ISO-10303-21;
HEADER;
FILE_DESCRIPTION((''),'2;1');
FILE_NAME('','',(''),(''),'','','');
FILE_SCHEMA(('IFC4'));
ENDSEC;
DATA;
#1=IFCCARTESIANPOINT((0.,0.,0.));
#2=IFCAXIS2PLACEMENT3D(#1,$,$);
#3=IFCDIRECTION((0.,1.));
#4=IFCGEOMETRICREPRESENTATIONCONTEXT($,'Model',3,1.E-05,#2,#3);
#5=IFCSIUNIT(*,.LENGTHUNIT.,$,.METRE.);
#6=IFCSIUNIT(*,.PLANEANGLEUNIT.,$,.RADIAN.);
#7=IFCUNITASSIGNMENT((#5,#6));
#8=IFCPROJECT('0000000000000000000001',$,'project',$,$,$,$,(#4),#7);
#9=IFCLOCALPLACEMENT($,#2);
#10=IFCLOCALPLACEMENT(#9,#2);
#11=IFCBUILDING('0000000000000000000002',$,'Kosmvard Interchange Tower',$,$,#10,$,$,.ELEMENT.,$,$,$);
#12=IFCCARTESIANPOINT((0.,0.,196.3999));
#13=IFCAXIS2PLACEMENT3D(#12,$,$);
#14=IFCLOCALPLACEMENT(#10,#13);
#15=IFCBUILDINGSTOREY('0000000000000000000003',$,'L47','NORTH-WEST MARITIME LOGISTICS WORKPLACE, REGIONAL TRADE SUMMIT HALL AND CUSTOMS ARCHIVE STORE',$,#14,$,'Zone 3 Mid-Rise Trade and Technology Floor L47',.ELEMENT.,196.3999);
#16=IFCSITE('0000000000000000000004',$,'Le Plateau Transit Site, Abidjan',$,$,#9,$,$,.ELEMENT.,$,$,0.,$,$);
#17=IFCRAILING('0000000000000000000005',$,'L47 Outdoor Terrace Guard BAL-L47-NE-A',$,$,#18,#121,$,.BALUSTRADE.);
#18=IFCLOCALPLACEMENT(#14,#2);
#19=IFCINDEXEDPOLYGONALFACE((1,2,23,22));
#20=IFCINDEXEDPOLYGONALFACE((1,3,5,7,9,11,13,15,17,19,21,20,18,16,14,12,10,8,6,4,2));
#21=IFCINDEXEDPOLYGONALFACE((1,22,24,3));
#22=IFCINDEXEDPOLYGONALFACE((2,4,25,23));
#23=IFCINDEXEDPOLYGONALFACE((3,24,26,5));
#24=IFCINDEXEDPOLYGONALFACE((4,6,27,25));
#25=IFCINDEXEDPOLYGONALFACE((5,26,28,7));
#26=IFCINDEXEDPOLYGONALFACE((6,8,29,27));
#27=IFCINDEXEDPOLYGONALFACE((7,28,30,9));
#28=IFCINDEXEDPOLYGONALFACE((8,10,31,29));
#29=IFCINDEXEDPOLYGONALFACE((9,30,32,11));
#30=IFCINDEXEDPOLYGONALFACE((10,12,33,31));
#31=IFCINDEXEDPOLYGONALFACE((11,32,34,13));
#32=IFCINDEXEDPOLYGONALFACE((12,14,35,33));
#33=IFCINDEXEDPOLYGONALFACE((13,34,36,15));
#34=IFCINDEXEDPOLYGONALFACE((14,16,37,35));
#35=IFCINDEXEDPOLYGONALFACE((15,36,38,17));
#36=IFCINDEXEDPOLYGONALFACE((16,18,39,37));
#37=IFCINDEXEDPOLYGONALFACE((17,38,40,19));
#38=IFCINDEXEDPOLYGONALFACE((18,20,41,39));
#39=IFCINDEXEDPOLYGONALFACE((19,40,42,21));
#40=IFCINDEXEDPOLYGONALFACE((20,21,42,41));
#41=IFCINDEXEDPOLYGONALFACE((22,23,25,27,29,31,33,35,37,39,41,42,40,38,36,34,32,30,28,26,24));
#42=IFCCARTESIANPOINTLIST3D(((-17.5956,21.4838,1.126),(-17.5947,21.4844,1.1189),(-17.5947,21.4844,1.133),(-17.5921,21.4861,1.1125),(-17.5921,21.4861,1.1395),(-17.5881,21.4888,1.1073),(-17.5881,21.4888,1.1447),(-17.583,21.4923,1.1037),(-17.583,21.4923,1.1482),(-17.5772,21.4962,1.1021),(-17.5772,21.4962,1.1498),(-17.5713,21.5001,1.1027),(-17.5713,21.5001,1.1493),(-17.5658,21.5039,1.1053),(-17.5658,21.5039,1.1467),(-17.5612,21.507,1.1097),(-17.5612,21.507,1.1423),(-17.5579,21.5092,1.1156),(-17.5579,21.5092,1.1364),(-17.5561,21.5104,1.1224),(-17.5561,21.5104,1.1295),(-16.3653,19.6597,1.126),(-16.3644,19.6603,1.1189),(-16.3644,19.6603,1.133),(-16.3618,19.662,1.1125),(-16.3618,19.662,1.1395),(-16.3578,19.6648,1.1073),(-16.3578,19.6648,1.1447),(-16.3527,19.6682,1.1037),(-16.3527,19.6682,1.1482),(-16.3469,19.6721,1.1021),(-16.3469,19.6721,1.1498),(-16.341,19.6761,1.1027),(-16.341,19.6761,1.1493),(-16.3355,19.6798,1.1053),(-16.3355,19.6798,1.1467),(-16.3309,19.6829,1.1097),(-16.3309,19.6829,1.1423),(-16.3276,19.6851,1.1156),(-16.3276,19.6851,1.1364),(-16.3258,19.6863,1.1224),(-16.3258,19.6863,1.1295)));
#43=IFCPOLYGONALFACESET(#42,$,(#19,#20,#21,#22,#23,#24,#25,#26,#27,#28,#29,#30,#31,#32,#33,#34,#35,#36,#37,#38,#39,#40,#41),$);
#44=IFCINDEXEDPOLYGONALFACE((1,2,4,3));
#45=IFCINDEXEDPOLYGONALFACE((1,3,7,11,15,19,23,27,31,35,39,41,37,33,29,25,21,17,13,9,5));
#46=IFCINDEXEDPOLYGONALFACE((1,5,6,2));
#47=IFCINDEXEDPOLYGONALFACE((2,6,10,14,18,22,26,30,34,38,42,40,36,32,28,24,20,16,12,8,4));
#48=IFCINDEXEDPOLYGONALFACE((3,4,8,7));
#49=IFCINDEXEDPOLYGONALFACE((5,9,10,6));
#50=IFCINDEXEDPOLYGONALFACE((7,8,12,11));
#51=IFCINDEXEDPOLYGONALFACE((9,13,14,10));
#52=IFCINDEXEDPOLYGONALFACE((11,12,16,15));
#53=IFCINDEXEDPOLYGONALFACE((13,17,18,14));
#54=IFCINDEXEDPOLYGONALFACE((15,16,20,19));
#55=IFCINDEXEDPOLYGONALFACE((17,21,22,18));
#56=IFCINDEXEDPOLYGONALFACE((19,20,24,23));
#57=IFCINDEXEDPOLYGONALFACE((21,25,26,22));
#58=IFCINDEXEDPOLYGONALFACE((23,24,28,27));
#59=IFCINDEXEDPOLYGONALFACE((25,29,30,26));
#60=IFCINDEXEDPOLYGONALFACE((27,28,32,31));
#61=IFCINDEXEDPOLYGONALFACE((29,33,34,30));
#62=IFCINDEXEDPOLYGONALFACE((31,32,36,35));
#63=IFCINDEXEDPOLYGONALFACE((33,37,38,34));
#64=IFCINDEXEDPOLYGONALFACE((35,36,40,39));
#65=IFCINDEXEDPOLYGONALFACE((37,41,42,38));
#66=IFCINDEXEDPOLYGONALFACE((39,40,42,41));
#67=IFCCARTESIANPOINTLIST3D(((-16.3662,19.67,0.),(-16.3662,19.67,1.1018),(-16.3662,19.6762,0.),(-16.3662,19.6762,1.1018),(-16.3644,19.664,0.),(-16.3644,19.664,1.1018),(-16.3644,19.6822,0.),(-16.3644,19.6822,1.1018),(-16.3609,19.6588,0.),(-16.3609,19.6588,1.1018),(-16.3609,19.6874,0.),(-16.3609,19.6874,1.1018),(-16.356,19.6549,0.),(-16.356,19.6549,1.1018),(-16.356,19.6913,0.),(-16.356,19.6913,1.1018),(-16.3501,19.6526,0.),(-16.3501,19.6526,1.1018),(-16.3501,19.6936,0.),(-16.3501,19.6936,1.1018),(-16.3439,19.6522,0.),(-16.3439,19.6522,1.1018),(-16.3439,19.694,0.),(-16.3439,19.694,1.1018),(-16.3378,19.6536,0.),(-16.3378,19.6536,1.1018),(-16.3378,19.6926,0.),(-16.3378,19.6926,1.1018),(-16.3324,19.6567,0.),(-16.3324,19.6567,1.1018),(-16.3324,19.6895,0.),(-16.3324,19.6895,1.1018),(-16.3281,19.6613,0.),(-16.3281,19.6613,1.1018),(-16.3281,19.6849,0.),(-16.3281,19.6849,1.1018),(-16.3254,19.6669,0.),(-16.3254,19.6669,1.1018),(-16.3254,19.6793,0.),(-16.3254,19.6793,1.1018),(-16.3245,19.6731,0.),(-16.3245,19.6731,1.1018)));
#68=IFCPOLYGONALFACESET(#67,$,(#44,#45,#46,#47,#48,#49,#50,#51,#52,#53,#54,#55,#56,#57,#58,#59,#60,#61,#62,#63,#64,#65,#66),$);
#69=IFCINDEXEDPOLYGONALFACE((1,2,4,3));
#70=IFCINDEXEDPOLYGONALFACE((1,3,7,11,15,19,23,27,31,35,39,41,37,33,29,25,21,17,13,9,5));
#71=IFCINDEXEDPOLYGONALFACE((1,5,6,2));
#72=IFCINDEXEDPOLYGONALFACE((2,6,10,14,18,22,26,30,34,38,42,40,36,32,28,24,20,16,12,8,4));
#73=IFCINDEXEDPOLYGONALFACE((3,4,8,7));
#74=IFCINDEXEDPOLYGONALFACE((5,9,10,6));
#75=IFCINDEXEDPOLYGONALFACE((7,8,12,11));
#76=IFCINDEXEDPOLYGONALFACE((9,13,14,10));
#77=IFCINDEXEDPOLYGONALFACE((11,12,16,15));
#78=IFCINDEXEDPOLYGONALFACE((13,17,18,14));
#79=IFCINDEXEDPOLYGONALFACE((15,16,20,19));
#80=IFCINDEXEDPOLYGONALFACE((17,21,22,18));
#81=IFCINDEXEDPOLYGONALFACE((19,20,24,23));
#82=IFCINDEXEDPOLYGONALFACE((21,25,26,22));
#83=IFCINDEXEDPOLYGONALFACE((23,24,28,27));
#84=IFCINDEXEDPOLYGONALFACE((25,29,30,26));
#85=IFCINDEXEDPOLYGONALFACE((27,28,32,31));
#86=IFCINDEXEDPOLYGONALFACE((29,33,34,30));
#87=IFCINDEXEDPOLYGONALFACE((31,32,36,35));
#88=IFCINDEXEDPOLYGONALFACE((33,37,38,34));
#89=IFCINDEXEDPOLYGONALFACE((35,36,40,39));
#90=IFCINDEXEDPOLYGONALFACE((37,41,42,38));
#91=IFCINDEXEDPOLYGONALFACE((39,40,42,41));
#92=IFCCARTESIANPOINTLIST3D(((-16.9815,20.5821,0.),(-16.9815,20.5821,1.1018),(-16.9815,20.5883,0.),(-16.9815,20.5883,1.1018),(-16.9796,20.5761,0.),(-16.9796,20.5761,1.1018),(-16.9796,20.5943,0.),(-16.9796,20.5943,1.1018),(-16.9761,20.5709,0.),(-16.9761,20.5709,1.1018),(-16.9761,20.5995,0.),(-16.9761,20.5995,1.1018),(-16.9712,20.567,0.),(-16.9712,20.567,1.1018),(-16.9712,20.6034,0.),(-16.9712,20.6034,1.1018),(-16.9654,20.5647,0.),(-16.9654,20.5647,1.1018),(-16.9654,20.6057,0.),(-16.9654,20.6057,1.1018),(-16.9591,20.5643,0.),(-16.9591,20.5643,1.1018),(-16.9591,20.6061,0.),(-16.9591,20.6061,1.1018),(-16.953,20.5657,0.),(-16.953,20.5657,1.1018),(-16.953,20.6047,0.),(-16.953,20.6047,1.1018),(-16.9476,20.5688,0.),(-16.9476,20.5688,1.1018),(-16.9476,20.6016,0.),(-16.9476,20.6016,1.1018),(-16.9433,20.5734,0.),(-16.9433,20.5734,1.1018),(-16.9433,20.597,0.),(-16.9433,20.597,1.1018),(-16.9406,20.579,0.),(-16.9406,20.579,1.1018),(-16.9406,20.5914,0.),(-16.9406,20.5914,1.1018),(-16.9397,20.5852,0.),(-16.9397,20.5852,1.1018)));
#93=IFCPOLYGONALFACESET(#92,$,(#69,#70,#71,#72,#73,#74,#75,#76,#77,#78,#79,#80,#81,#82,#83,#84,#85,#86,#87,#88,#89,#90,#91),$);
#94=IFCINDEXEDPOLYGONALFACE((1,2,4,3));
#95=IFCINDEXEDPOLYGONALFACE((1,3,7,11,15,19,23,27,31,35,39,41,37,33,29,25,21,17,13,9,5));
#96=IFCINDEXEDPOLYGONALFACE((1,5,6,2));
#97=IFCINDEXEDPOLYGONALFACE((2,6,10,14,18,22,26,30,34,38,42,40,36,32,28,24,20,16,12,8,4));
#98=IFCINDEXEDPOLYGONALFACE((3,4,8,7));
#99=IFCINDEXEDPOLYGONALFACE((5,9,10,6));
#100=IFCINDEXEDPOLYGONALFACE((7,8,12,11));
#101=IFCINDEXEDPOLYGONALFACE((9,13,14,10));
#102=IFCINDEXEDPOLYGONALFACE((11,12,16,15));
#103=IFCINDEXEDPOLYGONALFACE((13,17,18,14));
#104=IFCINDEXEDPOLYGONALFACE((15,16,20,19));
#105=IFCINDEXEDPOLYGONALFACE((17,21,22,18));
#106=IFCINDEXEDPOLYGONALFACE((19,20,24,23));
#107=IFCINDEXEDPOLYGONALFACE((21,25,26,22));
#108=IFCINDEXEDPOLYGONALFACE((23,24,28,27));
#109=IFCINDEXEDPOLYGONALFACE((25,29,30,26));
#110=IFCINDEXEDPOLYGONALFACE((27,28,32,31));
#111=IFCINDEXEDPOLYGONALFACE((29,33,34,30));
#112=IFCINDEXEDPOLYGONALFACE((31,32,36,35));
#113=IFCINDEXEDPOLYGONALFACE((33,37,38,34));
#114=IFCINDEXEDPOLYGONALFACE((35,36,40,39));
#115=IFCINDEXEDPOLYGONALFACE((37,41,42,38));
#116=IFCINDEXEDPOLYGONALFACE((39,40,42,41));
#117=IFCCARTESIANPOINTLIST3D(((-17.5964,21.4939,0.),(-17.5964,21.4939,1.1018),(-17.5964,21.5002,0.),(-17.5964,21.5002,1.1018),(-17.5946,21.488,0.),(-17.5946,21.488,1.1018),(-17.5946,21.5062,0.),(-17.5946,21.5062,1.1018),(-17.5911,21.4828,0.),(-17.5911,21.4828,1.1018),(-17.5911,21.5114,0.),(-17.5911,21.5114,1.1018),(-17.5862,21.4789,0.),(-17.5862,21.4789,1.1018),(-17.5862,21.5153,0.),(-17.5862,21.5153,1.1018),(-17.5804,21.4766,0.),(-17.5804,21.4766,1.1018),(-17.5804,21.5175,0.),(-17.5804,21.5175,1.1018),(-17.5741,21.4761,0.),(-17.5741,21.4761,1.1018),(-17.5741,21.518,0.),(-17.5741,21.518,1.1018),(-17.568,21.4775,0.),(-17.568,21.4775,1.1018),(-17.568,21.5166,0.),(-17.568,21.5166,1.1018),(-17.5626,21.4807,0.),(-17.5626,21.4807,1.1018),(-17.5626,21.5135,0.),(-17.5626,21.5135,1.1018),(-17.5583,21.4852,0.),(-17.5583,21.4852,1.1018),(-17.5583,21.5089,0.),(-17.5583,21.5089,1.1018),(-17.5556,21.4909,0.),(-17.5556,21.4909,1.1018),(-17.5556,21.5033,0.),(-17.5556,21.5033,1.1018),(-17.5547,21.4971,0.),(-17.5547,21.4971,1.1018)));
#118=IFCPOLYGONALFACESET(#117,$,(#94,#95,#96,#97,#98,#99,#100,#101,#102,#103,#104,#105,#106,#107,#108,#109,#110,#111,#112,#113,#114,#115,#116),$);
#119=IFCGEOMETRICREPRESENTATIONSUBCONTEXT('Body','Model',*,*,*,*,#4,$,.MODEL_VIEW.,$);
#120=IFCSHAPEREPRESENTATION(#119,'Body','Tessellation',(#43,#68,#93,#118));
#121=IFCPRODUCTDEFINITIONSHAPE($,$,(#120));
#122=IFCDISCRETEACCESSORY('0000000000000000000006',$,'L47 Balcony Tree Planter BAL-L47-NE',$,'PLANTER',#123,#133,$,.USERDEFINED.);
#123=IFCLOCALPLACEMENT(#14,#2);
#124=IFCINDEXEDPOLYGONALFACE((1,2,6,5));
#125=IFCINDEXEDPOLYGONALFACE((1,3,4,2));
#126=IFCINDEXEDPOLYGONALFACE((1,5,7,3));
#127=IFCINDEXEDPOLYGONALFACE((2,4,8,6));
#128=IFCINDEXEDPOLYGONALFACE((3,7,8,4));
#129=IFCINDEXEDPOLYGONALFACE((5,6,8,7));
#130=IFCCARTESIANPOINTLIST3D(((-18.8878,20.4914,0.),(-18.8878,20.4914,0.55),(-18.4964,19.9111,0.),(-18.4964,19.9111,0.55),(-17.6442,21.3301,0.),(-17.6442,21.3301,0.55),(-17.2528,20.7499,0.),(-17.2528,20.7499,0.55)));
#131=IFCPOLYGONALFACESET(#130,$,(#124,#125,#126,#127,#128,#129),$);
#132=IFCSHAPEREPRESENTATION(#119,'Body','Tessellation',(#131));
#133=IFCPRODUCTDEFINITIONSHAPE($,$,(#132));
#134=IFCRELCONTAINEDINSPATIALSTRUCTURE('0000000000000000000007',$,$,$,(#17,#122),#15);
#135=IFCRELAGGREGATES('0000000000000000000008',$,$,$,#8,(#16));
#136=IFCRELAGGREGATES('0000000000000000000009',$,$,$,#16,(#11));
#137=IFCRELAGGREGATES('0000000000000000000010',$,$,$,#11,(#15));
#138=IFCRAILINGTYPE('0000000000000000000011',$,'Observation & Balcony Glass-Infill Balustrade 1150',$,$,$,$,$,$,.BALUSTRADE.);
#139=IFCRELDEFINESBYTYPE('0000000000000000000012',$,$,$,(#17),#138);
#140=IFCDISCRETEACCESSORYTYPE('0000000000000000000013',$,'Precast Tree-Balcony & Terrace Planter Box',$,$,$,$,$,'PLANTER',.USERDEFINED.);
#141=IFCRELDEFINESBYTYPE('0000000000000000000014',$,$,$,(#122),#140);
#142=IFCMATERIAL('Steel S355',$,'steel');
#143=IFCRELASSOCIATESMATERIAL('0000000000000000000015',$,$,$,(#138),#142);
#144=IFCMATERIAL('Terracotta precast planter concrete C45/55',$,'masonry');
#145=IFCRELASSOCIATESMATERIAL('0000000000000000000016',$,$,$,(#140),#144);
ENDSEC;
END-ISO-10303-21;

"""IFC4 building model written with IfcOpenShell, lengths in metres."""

from ifc_helpers import new_model, si_unit, direction, frame, origin, origin_2d, place, context, subcontext, project, spatial, rectangle, circle, extrude, source, transform, mapped, material, type_object, element, save


model = new_model("IFC4")

# Units and contexts
model_context = context("Model", 3, precision=1e-05, world=origin(), true_north=direction((0.0, 1.0)))
body_context = subcontext(model_context, "Body", "Model", "MODEL_VIEW")
ifc_project = project(units=[si_unit("LENGTHUNIT", "METRE"), si_unit("PLANEANGLEUNIT", "RADIAN")], contexts=[model_context])

# Site, building, storey
site_placement = place(None, origin())
site = spatial("IfcSite", under=ifc_project, at=site_placement, Name="Le Plateau Transit Site, Abidjan", CompositionType="ELEMENT", RefElevation=0.0)
building_placement = place(site_placement, origin())
building = spatial("IfcBuilding", under=site, at=building_placement, Name="Kosmvard Interchange Tower", CompositionType="ELEMENT")
storey_placement = place(building_placement, frame((0.0, 0.0, 196.3999)))
storey = spatial("IfcBuildingStorey", under=building, at=storey_placement, Name="L47", Description="NORTH-WEST MARITIME LOGISTICS WORKPLACE, REGIONAL TRADE SUMMIT HALL AND CUSTOMS ARCHIVE STORE", LongName="Zone 3 Mid-Rise Trade and Technology Floor L47", CompositionType="ELEMENT", Elevation=196.3999)

# Shared definitions
ifc_material_1 = material(Name="Steel S355", Category="steel")

# Railing
railing_type = type_object("IfcRailingType", Name="Observation & Balcony Glass-Infill Balustrade 1150", PredefinedType="BALUSTRADE", material=ifc_material_1)
shared_shape_1 = source(origin(), body_context, "Body", "SweptSolid", [
    extrude(circle(Radius=0.0239, at=origin_2d()), frame((0.0, 0.0, 1.126), z_axis=(-0.559174, 0.829051, 0.0), x_axis=(-0.829051, -0.559174, 0.0)), (0.0, 0.0, 1.0), 2.2002),
    extrude(circle(Radius=0.021, at=origin_2d()), origin(), (0.0, 0.0, 1.0), 1.1018),
    extrude(circle(Radius=0.021, at=origin_2d()), frame((-0.6152, 0.9121, 0.0)), (0.0, 0.0, 1.0), 1.1018),
    extrude(circle(Radius=0.021, at=origin_2d()), frame((-1.2302, 1.824, 0.0)), (0.0, 0.0, 1.0), 1.1018),
])
railing_1_placement = place(storey_placement, frame((-16.3455, 19.6731, 0.0)))
element("IfcRailing", 1, at=railing_1_placement, inside=storey, type_object=railing_type, Name="L47 Outdoor Terrace Guard BAL-L47-NE-A", PredefinedType="BALUSTRADE", context=body_context, shape_type="MappedRepresentation", body=[
    mapped(shared_shape_1, transform((0.0, 0.0, 0.0), scale=1.0)),
])

# Discrete accessory
ifc_material_2 = material(Name="Terracotta precast planter concrete C45/55", Category="masonry")
discrete_accessory_type = type_object("IfcDiscreteAccessoryType", Name="Precast Tree-Balcony & Terrace Planter Box", ElementType="PLANTER", PredefinedType="USERDEFINED", material=ifc_material_2)
shared_shape_2 = source(origin(), body_context, "Body", "SweptSolid", [
    extrude(rectangle(XDim=1.5, YDim=0.7, at=origin_2d()), origin(), (0.0, 0.0, 1.0), 0.55),
])
discrete_accessory_placement = place(storey_placement, frame((-18.0703, 20.6206, 0.0), z_axis=(0.0, 0.0, 1.0), x_axis=(0.829038, 0.559193, 0.0)))
element("IfcDiscreteAccessory", 2, at=discrete_accessory_placement, inside=storey, type_object=discrete_accessory_type, Name="L47 Balcony Tree Planter BAL-L47-NE", ObjectType="PLANTER", PredefinedType="USERDEFINED", context=body_context, shape_type="MappedRepresentation", body=[
    mapped(shared_shape_2, transform((0.0, 0.0, 0.0), scale=1.0)),
])

save(model, "model.ifc")
